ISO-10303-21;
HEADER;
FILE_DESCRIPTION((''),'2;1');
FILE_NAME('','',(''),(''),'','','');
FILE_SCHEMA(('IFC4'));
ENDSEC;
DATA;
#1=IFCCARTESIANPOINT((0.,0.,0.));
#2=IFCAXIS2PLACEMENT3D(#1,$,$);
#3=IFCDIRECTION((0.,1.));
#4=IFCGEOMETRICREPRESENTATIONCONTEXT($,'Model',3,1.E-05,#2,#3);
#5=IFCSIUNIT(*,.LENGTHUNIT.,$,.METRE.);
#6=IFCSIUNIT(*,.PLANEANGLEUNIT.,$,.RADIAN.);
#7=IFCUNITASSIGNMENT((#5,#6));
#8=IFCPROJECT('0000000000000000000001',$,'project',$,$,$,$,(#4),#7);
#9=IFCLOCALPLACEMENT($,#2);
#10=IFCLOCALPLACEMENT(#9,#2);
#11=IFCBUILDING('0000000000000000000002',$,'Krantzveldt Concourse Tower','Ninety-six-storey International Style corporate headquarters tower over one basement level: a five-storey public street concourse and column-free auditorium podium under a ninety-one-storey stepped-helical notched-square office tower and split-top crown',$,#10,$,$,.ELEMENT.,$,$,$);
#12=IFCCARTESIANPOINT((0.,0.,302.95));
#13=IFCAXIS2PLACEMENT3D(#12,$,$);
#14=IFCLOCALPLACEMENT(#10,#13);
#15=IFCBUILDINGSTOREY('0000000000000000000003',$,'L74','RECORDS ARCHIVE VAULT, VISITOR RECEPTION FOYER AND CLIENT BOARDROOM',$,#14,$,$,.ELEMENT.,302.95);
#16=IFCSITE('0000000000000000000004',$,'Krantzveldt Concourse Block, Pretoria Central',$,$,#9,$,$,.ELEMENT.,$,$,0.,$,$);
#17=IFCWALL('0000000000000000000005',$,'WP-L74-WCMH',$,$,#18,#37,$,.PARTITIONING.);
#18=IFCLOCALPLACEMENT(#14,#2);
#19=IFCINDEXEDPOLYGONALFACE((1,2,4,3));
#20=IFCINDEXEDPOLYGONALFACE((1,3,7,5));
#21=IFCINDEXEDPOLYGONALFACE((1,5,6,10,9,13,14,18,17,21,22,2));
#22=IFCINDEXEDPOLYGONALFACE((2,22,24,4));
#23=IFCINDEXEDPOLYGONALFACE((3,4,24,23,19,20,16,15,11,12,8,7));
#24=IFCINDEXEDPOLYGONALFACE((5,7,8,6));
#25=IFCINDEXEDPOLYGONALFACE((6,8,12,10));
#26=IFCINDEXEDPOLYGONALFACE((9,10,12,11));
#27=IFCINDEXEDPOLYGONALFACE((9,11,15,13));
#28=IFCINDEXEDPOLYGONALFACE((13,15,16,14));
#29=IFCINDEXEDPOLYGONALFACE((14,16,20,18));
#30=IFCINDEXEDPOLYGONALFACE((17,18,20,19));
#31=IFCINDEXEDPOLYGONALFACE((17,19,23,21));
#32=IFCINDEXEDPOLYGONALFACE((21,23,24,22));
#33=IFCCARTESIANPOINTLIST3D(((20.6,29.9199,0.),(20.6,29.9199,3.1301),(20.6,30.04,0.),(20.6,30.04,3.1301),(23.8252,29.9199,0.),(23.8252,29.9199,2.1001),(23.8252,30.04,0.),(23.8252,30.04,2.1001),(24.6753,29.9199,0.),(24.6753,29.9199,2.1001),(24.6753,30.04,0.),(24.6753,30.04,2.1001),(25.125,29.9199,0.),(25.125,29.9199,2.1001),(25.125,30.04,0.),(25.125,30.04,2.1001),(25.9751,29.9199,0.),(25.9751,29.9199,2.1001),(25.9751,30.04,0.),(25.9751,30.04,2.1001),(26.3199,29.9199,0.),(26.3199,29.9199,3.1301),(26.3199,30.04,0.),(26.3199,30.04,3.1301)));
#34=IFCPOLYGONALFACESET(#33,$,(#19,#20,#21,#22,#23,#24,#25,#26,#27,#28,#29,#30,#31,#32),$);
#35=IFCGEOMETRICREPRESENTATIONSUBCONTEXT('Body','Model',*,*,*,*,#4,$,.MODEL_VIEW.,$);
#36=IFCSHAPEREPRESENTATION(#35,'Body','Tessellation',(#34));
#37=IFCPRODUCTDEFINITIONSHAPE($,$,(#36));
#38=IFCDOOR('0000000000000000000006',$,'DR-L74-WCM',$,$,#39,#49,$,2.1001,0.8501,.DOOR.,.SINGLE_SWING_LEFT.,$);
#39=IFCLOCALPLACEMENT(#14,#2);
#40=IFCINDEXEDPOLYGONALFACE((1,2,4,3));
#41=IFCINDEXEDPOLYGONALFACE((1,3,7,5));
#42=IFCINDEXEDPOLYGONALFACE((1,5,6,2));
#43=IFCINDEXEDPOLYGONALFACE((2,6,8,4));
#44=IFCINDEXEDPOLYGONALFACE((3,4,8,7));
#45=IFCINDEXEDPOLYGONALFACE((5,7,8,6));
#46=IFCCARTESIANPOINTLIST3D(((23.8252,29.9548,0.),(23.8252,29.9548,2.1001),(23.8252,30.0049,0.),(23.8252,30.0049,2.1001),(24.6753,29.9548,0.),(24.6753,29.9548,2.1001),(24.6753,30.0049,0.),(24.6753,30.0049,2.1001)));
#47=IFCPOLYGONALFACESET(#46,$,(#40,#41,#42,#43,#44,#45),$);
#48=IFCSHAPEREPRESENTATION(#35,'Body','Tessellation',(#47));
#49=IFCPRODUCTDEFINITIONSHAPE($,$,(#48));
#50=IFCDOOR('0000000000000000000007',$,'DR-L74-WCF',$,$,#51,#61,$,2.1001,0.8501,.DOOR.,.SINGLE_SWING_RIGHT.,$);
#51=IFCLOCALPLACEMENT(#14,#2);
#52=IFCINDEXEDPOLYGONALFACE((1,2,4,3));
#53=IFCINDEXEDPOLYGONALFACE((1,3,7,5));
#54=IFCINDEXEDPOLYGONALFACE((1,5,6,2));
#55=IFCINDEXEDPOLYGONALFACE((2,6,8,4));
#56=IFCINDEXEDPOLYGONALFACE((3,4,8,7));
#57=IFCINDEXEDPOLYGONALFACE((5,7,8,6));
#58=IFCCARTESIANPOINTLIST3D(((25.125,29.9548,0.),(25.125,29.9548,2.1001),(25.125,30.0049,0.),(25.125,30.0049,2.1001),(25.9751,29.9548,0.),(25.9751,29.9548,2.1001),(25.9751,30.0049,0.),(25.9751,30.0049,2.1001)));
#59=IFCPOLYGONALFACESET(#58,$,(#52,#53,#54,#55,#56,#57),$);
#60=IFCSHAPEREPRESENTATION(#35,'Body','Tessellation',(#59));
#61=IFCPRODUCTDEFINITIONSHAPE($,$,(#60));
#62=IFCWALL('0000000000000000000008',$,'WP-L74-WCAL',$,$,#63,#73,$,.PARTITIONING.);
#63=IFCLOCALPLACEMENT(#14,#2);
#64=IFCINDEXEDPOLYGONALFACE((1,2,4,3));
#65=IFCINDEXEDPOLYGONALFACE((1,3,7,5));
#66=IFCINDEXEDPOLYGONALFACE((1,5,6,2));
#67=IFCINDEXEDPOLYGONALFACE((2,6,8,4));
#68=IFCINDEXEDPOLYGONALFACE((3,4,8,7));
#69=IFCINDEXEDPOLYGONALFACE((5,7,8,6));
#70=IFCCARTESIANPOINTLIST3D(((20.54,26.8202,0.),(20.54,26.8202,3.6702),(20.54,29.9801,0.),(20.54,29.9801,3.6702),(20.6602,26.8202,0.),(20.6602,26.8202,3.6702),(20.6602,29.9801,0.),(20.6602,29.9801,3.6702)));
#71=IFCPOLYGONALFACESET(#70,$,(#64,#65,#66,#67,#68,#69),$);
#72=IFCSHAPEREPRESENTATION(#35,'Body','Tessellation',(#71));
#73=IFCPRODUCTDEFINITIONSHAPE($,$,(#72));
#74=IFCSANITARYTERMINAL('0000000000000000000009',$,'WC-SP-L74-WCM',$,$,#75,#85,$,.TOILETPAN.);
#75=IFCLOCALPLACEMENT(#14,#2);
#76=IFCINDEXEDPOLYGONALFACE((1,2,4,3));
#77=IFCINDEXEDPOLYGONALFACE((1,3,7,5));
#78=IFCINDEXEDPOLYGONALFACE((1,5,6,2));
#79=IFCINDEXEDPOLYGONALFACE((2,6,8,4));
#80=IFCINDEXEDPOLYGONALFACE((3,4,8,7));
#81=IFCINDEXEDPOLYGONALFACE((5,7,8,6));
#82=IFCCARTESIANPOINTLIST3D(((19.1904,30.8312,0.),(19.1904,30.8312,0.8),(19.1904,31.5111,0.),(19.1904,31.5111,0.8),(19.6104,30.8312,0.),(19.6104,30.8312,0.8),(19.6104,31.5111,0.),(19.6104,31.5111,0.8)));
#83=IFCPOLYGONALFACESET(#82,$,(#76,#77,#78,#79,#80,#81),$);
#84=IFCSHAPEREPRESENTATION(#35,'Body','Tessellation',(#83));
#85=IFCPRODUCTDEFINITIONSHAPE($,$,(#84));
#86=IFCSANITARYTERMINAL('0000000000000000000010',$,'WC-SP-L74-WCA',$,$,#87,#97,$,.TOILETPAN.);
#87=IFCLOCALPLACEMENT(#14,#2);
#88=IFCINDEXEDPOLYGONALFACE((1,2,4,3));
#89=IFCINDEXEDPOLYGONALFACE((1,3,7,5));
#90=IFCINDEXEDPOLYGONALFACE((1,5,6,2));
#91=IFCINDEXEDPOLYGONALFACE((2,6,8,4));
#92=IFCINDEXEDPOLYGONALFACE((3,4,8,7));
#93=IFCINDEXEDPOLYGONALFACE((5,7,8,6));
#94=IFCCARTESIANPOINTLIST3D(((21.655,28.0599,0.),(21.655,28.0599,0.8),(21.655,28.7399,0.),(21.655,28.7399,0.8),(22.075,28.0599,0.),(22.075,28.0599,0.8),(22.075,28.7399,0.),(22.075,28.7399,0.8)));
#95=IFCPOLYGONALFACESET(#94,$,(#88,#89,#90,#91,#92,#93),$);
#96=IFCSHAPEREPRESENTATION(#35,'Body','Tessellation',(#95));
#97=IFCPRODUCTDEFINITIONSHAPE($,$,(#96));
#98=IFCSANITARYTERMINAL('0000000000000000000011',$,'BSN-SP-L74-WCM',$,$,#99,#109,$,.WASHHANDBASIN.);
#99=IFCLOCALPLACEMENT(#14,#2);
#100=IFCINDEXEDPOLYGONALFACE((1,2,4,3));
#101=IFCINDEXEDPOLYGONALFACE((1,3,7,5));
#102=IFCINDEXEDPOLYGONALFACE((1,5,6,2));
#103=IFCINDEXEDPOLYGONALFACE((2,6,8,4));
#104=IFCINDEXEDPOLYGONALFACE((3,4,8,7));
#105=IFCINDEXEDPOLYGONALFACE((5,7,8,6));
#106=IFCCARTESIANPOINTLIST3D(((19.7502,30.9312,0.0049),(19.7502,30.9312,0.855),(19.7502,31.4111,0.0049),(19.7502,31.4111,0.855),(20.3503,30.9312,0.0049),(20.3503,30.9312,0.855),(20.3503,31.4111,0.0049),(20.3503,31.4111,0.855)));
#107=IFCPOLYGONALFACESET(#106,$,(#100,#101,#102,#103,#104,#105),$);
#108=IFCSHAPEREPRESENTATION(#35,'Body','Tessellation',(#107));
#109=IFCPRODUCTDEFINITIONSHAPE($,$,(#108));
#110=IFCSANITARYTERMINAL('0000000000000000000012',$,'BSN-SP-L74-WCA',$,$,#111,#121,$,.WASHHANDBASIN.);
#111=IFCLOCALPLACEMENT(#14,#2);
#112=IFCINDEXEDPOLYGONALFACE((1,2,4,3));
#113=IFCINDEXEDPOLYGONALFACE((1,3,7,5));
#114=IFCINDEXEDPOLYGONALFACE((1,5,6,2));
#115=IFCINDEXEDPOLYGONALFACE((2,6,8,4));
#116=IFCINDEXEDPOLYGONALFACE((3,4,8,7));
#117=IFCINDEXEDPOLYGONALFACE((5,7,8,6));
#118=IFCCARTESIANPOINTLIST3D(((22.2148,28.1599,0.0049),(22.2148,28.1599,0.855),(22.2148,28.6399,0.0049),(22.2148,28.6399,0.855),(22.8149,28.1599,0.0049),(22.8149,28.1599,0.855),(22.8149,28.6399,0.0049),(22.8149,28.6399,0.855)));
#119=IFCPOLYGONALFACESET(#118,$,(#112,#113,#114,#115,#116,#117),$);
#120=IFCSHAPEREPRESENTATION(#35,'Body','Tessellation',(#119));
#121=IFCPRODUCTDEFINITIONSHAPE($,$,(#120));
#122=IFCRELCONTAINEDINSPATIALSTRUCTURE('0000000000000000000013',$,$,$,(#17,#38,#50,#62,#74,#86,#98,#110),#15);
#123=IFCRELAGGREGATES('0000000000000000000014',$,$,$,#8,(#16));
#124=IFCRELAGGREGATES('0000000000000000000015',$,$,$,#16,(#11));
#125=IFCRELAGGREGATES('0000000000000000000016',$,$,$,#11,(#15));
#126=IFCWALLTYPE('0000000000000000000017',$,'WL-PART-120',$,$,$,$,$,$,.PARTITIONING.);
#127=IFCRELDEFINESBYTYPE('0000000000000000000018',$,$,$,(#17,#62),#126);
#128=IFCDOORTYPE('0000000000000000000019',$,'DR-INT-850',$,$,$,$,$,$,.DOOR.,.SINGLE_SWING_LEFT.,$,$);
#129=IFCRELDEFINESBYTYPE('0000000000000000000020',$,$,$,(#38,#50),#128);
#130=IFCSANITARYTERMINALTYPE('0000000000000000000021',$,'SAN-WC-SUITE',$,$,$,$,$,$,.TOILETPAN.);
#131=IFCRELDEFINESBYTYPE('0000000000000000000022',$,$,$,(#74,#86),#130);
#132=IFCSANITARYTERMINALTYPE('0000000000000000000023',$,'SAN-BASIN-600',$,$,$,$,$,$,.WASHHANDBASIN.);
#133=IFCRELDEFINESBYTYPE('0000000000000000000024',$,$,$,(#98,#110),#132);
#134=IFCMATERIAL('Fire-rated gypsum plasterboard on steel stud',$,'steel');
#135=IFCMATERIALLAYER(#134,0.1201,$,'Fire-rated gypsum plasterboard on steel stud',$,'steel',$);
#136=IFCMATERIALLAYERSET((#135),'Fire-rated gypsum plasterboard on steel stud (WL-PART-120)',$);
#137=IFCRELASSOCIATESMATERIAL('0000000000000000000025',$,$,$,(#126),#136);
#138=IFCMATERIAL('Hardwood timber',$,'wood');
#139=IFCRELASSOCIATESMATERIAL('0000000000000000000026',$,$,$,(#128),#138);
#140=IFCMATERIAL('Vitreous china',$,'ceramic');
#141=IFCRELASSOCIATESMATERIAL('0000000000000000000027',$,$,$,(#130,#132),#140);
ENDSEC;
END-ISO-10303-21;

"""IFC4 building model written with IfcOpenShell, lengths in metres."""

from ifc_helpers import new_model, si_unit, direction, frame, frame_2d, origin, origin_2d, place, context, subcontext, project, spatial, rectangle, extrude, source, transform, mapped, material, layer, layer_set, type_object, type_shapes, element, fill, save


model = new_model("IFC4")

# Units and contexts
model_context = context("Model", 3, precision=1e-05, world=origin(), true_north=direction((0.0, 1.0)))
body_context = subcontext(model_context, "Body", "Model", "MODEL_VIEW")
ifc_project = project(units=[si_unit("LENGTHUNIT", "METRE"), si_unit("PLANEANGLEUNIT", "RADIAN")], contexts=[model_context])

# Site, building, storey
site_placement = place(None, origin())
site = spatial("IfcSite", under=ifc_project, at=site_placement, Name="Krantzveldt Concourse Block, Pretoria Central", CompositionType="ELEMENT", RefElevation=0.0)
building_placement = place(site_placement, origin())
building = spatial("IfcBuilding", under=site, at=building_placement, Name="Krantzveldt Concourse Tower", Description="Ninety-six-storey International Style corporate headquarters tower over one basement level: a five-storey public street concourse and column-free auditorium podium under a ninety-one-storey stepped-helical notched-square office tower and split-top crown", CompositionType="ELEMENT")
storey_placement = place(building_placement, frame((0.0, 0.0, 302.95)))
storey = spatial("IfcBuildingStorey", under=building, at=storey_placement, Name="L74", Description="RECORDS ARCHIVE VAULT, VISITOR RECEPTION FOYER AND CLIENT BOARDROOM", CompositionType="ELEMENT", Elevation=302.95)

# Shared definitions
ifc_material_1 = material(Name="Fire-rated gypsum plasterboard on steel stud", Category="steel")
ifc_layer_1 = layer(ifc_material_1, 0.1201, Name="Fire-rated gypsum plasterboard on steel stud", Category="steel")
ifc_layer_set_1 = layer_set([ifc_layer_1], Name="Fire-rated gypsum plasterboard on steel stud (WL-PART-120)")
wall_type_1 = type_object("IfcWallType", Name="WL-PART-120", PredefinedType="PARTITIONING", material=ifc_layer_set_1)

# Wall, openings, doors
wall_1_placement = place(storey_placement, frame((20.6001, 29.98, 0.0), z_axis=(0.0, 0.0, 1.0), x_axis=(1.0, 0.0, 0.0)))
wall_1 = element("IfcWall", 1, at=wall_1_placement, inside=storey, type_object=wall_type_1, Name="WP-L74-WCMH", PredefinedType="PARTITIONING", context=body_context, shape_type="SweptSolid", body=[
    extrude(rectangle(XDim=5.72, YDim=0.1201, at=frame_2d((2.8599, 0.0))), origin(), (0.0, 0.0, 1.0), 3.1301),
])
opening_1_placement = place(wall_1_placement, frame((3.2251, 0.0, 0.0)))
opening_1 = element("IfcOpeningElement", 2, at=opening_1_placement, cuts=wall_1, PredefinedType="OPENING", context=body_context, shape_type="SweptSolid", body=[
    extrude(rectangle(XDim=0.8501, YDim=2.1001, at=frame_2d((0.425, 1.05))), frame((0.0, 0.0701, 0.0), z_axis=(0.0, -1.0, 0.0), x_axis=(1.0, 0.0, 0.0)), (0.0, 0.0, 1.0), 0.1401),
])
opening_2_placement = place(wall_1_placement, frame((4.5249, 0.0, 0.0)))
opening_2 = element("IfcOpeningElement", 3, at=opening_2_placement, cuts=wall_1, PredefinedType="OPENING", context=body_context, shape_type="SweptSolid", body=[
    extrude(rectangle(XDim=0.8501, YDim=2.1001, at=frame_2d((0.425, 1.05))), frame((0.0, 0.0701, 0.0), z_axis=(0.0, -1.0, 0.0), x_axis=(1.0, 0.0, 0.0)), (0.0, 0.0, 1.0), 0.1401),
])
ifc_material_2 = material(Name="Hardwood timber", Category="wood")
door_type = type_object("IfcDoorType", Name="DR-INT-850", OperationType="SINGLE_SWING_LEFT", PredefinedType="DOOR", material=ifc_material_2)
door_1_placement = place(opening_1_placement, origin())
door_1 = element("IfcDoor", 4, at=door_1_placement, inside=storey, type_object=door_type, Name="DR-L74-WCM", OperationType="SINGLE_SWING_LEFT", OverallHeight=2.1001, OverallWidth=0.8501, PredefinedType="DOOR", context=body_context, shape_type="SweptSolid", body=[
    extrude(rectangle(XDim=0.8501, YDim=2.1001, at=frame_2d((0.425, 1.05))), frame((0.0, 0.0249, 0.0), z_axis=(0.0, -1.0, 0.0), x_axis=(1.0, 0.0, 0.0)), (0.0, 0.0, 1.0), 0.05),
])
fill(opening_1, door_1)
door_2_placement = place(opening_2_placement, origin())
door_2 = element("IfcDoor", 5, at=door_2_placement, inside=storey, type_object=door_type, Name="DR-L74-WCF", OperationType="SINGLE_SWING_RIGHT", OverallHeight=2.1001, OverallWidth=0.8501, PredefinedType="DOOR", context=body_context, shape_type="SweptSolid", body=[
    extrude(rectangle(XDim=0.8501, YDim=2.1001, at=frame_2d((0.425, 1.05))), frame((0.0, 0.0249, 0.0), z_axis=(0.0, -1.0, 0.0), x_axis=(1.0, 0.0, 0.0)), (0.0, 0.0, 1.0), 0.05),
])
fill(opening_2, door_2)

# Wall
wall_2_placement = place(storey_placement, frame((20.6001, 26.8201, 0.0), z_axis=(0.0, 0.0, 1.0), x_axis=(0.0, 1.0, 0.0)))
element("IfcWall", 6, at=wall_2_placement, inside=storey, type_object=wall_type_1, Name="WP-L74-WCAL", PredefinedType="PARTITIONING", context=body_context, shape_type="SweptSolid", body=[
    extrude(rectangle(XDim=3.1599, YDim=0.1201, at=frame_2d((1.5801, 0.0))), origin(), (0.0, 0.0, 1.0), 3.6702),
])

# Sanitary terminals
ifc_material_3 = material(Name="Vitreous china", Category="ceramic")
sanitary_terminal_type_1 = type_object("IfcSanitaryTerminalType", Name="SAN-WC-SUITE", PredefinedType="TOILETPAN", material=ifc_material_3)
shared_shape_1 = source(origin(), body_context, "Body", "SweptSolid", [
    extrude(rectangle(XDim=0.4199, YDim=0.6799, at=origin_2d()), origin(), (0.0, 0.0, 1.0), 0.8),
])
type_shapes(sanitary_terminal_type_1, [shared_shape_1])
for number, where, z_axis, x_axis, name in (
    (7, (19.4004, 31.1711, 0.0), (0.0, 0.0, 1.0), (1.0, 0.0, 0.0), "WC-SP-L74-WCM"),
    (8, (21.865, 28.3999, 0.0), (0.0, 0.0, 1.0), (1.0, 0.0, 0.0), "WC-SP-L74-WCA"),
):
    element("IfcSanitaryTerminal", number, at=place(storey_placement, frame(where, z_axis=z_axis, x_axis=x_axis)), inside=storey, type_object=sanitary_terminal_type_1, Name=name, PredefinedType="TOILETPAN", context=body_context, shape_type="MappedRepresentation", body=[
        mapped(shared_shape_1, transform((0.0, 0.0, 0.0), x_axis=(1.0, 0.0, 0.0), y_axis=(0.0, 1.0, 0.0), z_axis=(0.0, 0.0, 1.0), scale=1.0)),
    ])
sanitary_terminal_type_2 = type_object("IfcSanitaryTerminalType", Name="SAN-BASIN-600", PredefinedType="WASHHANDBASIN", material=ifc_material_3)
shared_shape_2 = source(origin(), body_context, "Body", "SweptSolid", [
    extrude(rectangle(XDim=0.6001, YDim=0.48, at=origin_2d()), origin(), (0.0, 0.0, 1.0), 0.8501),
])
type_shapes(sanitary_terminal_type_2, [shared_shape_2])
for number, where, z_axis, x_axis, name in (
    (9, (20.0503, 31.1711, 0.0049), (0.0, 0.0, 1.0), (1.0, 0.0, 0.0), "BSN-SP-L74-WCM"),
    (10, (22.5149, 28.3999, 0.0049), (0.0, 0.0, 1.0), (1.0, 0.0, 0.0), "BSN-SP-L74-WCA"),
):
    element("IfcSanitaryTerminal", number, at=place(storey_placement, frame(where, z_axis=z_axis, x_axis=x_axis)), inside=storey, type_object=sanitary_terminal_type_2, Name=name, PredefinedType="WASHHANDBASIN", context=body_context, shape_type="MappedRepresentation", body=[
        mapped(shared_shape_2, transform((0.0, 0.0, 0.0), x_axis=(1.0, 0.0, 0.0), y_axis=(0.0, 1.0, 0.0), z_axis=(0.0, 0.0, 1.0), scale=1.0)),
    ])

save(model, "model.ifc")
